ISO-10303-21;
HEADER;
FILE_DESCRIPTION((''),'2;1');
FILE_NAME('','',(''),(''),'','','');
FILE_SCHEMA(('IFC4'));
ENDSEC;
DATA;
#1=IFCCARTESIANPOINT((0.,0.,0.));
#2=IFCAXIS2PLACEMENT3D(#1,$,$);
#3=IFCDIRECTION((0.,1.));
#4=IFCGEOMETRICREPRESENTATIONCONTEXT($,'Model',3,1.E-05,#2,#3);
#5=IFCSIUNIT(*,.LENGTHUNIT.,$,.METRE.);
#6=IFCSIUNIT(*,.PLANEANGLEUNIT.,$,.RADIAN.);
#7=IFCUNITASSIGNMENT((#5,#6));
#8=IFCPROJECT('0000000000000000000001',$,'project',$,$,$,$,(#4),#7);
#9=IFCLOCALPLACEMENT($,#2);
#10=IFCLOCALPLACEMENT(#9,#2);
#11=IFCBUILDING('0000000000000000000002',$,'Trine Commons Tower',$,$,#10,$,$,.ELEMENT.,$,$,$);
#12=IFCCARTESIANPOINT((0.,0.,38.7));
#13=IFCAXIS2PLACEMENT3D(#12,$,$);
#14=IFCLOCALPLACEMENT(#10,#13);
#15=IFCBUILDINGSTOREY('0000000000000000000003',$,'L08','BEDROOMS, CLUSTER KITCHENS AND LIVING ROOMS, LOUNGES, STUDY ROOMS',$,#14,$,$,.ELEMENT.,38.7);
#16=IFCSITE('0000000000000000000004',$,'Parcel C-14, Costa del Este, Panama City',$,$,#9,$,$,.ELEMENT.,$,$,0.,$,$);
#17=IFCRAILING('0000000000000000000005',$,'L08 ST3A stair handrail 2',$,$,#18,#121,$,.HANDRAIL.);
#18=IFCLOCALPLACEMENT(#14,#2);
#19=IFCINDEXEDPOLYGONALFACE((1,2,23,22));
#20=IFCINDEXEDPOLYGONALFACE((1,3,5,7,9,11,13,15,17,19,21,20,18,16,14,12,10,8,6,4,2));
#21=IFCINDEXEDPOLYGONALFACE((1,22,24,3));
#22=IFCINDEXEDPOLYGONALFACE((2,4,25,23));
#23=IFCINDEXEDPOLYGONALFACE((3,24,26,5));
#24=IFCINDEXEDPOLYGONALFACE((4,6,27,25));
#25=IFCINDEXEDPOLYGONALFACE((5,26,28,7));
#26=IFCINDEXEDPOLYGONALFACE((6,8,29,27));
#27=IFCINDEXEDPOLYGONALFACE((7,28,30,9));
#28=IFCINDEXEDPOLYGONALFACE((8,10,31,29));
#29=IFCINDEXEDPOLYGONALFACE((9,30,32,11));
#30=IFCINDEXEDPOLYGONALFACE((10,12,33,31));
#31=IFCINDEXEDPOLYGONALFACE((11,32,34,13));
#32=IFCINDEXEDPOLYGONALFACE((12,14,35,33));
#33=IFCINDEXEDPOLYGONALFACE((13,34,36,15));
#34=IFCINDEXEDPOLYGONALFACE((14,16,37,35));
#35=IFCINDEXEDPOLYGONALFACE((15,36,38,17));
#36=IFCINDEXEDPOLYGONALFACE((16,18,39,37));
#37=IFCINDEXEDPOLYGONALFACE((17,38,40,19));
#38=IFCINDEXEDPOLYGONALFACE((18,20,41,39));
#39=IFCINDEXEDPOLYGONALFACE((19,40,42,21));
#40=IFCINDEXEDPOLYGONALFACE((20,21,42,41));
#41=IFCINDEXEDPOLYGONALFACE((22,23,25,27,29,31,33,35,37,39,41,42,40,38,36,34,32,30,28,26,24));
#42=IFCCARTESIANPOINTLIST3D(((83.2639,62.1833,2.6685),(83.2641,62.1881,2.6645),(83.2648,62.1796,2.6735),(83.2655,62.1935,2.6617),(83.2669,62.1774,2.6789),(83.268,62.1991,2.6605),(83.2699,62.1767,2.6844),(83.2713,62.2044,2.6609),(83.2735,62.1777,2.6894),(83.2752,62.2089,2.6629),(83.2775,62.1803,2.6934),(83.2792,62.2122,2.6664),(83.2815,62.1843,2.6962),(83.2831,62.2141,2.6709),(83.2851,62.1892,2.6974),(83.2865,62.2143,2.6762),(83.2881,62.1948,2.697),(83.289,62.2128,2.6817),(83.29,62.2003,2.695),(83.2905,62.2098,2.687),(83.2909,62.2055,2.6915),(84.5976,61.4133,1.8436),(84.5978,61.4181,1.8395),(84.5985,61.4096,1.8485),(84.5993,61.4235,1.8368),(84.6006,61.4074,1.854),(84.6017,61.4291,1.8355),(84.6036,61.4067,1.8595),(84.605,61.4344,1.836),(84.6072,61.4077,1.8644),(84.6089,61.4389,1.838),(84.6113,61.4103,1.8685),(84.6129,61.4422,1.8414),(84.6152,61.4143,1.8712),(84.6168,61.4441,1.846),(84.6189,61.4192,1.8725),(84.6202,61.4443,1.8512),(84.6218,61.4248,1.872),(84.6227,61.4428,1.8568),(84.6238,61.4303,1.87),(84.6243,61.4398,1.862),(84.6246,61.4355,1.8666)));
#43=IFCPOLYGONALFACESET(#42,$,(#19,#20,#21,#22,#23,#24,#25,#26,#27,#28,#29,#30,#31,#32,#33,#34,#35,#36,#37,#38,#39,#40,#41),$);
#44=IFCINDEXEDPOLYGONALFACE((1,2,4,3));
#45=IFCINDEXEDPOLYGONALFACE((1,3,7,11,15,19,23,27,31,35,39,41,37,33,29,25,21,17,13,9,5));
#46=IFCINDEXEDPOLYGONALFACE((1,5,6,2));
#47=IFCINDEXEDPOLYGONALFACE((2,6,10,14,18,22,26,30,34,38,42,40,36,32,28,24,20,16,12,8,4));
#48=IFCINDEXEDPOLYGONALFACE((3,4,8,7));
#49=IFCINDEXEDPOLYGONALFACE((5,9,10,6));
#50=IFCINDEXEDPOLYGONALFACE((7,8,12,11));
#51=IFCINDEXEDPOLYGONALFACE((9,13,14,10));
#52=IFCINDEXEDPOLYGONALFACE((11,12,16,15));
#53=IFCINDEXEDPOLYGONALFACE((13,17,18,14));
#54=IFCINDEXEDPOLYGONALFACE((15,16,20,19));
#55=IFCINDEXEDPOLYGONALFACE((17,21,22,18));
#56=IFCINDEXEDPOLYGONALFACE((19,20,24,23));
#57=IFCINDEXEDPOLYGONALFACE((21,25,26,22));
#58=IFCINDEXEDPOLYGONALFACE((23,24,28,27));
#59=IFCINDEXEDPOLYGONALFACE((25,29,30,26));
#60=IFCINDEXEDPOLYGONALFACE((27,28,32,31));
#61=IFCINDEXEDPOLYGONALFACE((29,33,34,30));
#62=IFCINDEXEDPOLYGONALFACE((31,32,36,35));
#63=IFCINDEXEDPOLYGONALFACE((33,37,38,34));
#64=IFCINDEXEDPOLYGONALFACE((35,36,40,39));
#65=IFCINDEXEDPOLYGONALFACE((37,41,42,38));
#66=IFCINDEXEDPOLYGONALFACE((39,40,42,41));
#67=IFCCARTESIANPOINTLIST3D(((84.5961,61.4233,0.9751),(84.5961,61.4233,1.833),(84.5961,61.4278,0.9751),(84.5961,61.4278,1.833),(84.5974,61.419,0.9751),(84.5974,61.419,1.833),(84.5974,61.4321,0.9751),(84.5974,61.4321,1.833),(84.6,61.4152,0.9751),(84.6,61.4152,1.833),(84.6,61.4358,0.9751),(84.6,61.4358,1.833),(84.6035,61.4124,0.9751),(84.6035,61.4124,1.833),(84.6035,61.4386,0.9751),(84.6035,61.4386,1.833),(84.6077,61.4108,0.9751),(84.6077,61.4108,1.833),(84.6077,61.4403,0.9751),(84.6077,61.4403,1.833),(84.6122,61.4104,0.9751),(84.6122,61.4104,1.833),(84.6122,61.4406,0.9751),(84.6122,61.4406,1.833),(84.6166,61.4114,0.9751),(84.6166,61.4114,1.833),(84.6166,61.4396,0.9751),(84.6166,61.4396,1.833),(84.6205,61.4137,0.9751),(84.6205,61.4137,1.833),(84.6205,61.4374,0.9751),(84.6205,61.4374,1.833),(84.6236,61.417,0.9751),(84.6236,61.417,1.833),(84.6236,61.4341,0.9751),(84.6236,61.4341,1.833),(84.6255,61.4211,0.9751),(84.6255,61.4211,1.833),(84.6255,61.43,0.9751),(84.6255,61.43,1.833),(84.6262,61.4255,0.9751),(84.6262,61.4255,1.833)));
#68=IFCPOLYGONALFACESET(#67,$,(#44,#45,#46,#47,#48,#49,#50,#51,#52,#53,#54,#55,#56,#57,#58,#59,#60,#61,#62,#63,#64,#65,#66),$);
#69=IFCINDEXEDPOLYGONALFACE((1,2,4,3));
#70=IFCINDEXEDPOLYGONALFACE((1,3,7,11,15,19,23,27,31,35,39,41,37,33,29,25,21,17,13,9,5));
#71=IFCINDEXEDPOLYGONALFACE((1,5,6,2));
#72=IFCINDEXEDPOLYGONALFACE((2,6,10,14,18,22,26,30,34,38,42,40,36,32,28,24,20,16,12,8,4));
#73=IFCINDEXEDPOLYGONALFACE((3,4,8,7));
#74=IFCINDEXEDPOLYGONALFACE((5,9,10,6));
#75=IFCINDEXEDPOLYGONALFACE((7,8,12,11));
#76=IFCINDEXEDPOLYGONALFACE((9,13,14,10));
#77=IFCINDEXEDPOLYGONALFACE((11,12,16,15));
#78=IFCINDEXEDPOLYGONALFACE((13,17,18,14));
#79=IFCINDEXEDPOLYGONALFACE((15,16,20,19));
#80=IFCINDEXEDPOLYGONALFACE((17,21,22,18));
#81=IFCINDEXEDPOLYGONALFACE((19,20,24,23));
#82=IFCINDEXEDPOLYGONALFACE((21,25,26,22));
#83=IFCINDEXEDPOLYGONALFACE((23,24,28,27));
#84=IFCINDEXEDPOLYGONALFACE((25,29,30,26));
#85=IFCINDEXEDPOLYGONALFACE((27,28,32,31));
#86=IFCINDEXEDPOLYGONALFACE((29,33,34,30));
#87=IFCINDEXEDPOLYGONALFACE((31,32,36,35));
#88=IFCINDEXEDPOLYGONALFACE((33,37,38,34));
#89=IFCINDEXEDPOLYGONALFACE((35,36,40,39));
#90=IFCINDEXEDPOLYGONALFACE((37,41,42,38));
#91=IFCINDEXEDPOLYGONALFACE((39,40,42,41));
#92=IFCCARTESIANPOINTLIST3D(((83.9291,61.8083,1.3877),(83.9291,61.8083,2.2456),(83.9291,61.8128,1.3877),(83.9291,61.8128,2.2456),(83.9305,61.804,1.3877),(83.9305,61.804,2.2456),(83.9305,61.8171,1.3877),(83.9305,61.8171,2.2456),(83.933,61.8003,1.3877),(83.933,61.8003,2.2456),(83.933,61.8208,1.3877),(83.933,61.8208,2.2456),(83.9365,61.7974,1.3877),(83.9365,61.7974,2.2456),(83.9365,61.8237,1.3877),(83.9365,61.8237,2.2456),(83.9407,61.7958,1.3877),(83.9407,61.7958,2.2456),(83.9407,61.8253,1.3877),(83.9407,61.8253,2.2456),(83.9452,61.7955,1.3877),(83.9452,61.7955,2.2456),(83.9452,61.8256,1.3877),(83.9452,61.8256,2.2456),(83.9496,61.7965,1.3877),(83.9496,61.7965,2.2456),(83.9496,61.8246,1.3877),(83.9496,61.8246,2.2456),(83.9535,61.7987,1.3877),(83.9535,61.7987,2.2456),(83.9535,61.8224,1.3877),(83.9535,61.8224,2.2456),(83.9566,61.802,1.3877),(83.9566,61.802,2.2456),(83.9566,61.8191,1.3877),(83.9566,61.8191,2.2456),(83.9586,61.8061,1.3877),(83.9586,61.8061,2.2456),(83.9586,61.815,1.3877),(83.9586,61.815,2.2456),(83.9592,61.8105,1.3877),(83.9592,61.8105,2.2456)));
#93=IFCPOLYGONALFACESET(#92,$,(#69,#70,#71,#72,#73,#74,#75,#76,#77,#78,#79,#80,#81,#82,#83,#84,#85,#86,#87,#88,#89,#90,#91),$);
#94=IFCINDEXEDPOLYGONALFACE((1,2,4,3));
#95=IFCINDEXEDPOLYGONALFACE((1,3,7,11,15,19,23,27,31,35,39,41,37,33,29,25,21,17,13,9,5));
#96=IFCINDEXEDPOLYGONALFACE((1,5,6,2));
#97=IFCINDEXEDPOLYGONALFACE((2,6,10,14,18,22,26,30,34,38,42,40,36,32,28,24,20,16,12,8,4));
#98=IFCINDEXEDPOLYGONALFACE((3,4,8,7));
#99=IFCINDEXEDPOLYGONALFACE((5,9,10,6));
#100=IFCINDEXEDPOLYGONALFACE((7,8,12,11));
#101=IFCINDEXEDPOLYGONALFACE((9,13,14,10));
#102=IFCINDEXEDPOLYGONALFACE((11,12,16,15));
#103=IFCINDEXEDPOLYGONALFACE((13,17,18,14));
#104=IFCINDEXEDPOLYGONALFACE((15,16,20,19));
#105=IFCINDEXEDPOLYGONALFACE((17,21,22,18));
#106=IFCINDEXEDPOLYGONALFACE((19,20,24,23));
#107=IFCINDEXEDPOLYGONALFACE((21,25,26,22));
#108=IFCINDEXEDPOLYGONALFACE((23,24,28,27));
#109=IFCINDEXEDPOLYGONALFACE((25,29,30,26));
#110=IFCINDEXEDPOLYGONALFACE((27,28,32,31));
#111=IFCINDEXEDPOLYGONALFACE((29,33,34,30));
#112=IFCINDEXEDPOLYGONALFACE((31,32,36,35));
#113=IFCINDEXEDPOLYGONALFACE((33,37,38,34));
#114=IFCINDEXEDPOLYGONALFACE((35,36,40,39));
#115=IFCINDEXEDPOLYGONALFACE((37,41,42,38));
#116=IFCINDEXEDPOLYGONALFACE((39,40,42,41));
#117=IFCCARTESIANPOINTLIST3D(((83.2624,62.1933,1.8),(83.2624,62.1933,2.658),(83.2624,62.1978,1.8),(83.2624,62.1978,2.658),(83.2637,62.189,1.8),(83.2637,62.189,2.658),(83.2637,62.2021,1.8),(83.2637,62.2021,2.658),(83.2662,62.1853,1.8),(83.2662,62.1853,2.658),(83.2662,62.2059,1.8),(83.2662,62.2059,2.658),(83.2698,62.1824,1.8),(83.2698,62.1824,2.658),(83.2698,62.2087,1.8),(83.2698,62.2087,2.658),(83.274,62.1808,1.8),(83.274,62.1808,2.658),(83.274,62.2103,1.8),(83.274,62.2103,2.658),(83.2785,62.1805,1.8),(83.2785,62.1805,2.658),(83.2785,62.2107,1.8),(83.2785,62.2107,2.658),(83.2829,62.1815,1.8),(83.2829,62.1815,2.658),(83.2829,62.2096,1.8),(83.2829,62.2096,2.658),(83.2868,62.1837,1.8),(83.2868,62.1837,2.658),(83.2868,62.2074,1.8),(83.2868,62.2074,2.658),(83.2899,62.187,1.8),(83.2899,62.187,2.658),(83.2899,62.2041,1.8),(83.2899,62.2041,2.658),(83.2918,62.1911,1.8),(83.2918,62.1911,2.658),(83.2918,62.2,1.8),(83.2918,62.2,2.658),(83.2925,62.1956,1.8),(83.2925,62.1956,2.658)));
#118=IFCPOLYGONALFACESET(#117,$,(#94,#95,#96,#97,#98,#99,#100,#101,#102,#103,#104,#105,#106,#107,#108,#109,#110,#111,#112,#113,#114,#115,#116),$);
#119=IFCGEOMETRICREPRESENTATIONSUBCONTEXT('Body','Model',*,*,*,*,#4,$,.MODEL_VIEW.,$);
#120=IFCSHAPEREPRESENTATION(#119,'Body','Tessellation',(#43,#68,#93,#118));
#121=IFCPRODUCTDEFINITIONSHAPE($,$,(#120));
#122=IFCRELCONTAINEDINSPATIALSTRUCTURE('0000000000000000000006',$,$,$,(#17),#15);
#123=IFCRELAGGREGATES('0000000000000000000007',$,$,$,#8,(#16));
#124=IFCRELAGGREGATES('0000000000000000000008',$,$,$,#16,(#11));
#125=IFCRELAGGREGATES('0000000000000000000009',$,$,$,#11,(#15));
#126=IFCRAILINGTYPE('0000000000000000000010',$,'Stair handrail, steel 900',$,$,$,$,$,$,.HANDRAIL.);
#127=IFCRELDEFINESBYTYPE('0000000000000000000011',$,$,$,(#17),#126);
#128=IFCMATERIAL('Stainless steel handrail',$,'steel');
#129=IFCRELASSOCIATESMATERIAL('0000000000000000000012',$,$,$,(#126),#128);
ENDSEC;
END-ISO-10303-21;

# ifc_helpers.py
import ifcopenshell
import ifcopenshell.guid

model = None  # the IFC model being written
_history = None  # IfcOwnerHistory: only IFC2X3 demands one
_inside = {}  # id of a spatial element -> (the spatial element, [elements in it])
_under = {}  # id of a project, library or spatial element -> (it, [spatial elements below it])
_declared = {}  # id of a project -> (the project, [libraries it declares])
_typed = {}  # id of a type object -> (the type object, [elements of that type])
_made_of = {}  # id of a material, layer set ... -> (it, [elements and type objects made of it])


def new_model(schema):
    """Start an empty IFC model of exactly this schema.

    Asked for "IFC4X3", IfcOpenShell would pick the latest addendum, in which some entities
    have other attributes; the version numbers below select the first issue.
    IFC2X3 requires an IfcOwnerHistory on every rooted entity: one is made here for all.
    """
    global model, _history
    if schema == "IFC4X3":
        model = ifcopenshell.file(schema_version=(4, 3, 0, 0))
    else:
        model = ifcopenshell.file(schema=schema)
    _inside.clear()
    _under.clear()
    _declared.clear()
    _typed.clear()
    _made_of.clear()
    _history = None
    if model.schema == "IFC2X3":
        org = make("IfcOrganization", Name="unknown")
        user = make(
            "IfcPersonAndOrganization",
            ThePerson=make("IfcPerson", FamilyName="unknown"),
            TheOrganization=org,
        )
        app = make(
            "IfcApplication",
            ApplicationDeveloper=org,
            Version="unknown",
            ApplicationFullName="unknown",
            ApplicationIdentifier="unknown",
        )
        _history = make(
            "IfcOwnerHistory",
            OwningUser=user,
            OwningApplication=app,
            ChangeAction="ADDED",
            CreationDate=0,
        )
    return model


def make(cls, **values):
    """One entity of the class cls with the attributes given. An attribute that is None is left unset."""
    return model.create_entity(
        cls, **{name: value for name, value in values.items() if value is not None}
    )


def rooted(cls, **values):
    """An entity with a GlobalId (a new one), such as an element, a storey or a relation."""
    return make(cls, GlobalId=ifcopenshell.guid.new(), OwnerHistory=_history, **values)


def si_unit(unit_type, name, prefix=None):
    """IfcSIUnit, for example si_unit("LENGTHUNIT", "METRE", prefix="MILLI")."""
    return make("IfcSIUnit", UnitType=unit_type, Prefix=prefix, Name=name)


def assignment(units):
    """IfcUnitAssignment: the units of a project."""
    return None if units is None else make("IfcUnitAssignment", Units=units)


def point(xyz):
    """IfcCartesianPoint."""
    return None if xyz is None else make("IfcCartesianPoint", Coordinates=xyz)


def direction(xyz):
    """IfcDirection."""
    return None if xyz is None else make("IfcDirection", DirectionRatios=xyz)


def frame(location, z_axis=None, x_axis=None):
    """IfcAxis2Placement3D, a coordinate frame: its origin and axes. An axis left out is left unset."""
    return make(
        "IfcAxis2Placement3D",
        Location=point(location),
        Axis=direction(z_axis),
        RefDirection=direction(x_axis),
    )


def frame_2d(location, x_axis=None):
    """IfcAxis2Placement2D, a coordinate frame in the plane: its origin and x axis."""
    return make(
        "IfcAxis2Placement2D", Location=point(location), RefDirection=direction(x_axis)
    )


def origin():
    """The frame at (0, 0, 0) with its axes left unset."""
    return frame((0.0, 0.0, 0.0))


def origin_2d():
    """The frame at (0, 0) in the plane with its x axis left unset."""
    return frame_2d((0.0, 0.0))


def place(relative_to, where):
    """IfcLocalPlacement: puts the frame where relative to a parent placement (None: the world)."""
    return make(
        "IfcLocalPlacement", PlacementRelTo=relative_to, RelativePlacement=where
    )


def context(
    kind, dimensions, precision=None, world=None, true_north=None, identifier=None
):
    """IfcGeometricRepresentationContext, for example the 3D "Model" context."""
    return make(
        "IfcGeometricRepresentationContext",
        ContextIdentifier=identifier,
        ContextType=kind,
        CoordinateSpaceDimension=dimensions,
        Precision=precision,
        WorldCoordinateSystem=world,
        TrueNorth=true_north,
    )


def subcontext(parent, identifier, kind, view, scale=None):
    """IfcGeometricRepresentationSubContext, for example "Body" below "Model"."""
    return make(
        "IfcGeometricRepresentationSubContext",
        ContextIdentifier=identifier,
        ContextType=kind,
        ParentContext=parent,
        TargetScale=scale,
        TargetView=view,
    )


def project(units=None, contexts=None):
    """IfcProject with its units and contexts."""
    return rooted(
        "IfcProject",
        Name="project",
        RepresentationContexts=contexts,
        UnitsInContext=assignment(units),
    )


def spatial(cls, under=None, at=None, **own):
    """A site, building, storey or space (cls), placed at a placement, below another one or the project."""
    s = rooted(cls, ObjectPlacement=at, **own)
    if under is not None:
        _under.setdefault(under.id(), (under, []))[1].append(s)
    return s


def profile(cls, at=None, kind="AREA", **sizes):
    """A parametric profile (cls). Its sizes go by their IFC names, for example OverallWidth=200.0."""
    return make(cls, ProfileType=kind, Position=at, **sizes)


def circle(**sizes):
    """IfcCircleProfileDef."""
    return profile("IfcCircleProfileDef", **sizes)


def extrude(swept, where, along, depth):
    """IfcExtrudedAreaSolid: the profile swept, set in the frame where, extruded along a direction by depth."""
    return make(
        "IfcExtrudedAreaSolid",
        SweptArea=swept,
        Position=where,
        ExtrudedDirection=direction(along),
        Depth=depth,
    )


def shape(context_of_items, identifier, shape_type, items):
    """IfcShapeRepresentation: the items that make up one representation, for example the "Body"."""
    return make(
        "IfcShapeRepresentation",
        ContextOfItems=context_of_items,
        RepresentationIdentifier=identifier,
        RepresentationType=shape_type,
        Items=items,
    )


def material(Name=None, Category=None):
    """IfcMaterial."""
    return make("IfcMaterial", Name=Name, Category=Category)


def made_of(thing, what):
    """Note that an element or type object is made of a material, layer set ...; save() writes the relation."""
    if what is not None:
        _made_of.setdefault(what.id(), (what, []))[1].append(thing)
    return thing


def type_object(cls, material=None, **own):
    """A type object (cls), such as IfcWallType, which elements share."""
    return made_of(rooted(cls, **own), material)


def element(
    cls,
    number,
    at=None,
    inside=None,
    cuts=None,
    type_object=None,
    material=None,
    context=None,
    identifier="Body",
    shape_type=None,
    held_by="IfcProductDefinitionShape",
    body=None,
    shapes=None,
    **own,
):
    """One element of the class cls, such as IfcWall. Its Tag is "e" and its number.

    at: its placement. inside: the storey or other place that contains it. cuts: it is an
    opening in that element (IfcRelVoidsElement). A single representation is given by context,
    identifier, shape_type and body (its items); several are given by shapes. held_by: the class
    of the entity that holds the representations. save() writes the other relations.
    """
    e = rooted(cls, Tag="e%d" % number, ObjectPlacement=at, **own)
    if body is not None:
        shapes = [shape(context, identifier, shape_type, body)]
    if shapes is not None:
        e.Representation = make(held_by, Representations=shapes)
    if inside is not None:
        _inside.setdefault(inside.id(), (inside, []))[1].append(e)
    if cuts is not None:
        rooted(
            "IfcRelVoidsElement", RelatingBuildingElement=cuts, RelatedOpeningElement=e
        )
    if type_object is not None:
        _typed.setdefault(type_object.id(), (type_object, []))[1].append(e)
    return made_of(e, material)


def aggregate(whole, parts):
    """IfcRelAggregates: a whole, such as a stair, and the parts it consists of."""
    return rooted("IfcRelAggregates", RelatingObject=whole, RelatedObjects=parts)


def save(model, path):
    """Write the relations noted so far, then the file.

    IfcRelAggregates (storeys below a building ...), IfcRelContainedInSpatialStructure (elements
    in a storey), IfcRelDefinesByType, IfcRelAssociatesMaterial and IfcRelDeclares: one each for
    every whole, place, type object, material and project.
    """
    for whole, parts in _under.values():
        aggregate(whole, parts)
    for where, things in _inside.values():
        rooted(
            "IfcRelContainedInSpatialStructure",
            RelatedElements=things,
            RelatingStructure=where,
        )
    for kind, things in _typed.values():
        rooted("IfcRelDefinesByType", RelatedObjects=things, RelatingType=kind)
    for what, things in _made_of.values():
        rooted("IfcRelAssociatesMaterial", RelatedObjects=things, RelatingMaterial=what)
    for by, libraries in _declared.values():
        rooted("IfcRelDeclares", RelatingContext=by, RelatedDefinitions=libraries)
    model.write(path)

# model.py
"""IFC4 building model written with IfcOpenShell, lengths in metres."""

from ifc_helpers import new_model, si_unit, direction, frame, origin, origin_2d, place, context, subcontext, project, spatial, circle, extrude, material, type_object, element, save


model = new_model("IFC4")

# Units and contexts
model_context = context("Model", 3, precision=1e-05, world=origin(), true_north=direction((0.0, 1.0)))
body_context = subcontext(model_context, "Body", "Model", "MODEL_VIEW")
ifc_project = project(units=[si_unit("LENGTHUNIT", "METRE"), si_unit("PLANEANGLEUNIT", "RADIAN")], contexts=[model_context])

# Site, building, storey
site_placement = place(None, origin())
site = spatial("IfcSite", under=ifc_project, at=site_placement, Name="Parcel C-14, Costa del Este, Panama City", CompositionType="ELEMENT", RefElevation=0.0)
building_placement = place(site_placement, origin())
building = spatial("IfcBuilding", under=site, at=building_placement, Name="Trine Commons Tower", CompositionType="ELEMENT")
storey_placement = place(building_placement, frame((0.0, 0.0, 38.7)))
storey = spatial("IfcBuildingStorey", under=building, at=storey_placement, Name="L08", Description="BEDROOMS, CLUSTER KITCHENS AND LIVING ROOMS, LOUNGES, STUDY ROOMS", CompositionType="ELEMENT", Elevation=38.7)

# Railing
ifc_material_1 = material(Name="Stainless steel handrail", Category="steel")
railing_type_1 = type_object("IfcRailingType", Name="Stair handrail, steel 900", PredefinedType="HANDRAIL", material=ifc_material_1)
for number, where, name in (
    (1, (84.6111, 61.4255, 0.9751), "L08 ST3A stair handrail 2"),
):
    element("IfcRailing", number, at=place(storey_placement, frame(where)), inside=storey, type_object=railing_type_1, Name=name, PredefinedType="HANDRAIL", context=body_context, shape_type="SweptSolid", body=[
        extrude(circle(Radius=0.021, at=origin_2d()), frame((0.0, 0.0, 0.8789), z_axis=(-0.763405, 0.440743, 0.472185), x_axis=(-0.499992, -0.86603, 0.0)), (0.0, 0.0, 1.0), 1.7471),
        extrude(circle(Radius=0.0151, at=origin_2d()), origin(), (0.0, 0.0, 1.0), 0.8579),
        extrude(circle(Radius=0.0151, at=origin_2d()), frame((-0.667, 0.385, 0.4126)), (0.0, 0.0, 1.0), 0.8579),
        extrude(circle(Radius=0.0151, at=origin_2d()), frame((-1.3337, 0.77, 0.825)), (0.0, 0.0, 1.0), 0.8579),
    ])

save(model, "model.ifc")
